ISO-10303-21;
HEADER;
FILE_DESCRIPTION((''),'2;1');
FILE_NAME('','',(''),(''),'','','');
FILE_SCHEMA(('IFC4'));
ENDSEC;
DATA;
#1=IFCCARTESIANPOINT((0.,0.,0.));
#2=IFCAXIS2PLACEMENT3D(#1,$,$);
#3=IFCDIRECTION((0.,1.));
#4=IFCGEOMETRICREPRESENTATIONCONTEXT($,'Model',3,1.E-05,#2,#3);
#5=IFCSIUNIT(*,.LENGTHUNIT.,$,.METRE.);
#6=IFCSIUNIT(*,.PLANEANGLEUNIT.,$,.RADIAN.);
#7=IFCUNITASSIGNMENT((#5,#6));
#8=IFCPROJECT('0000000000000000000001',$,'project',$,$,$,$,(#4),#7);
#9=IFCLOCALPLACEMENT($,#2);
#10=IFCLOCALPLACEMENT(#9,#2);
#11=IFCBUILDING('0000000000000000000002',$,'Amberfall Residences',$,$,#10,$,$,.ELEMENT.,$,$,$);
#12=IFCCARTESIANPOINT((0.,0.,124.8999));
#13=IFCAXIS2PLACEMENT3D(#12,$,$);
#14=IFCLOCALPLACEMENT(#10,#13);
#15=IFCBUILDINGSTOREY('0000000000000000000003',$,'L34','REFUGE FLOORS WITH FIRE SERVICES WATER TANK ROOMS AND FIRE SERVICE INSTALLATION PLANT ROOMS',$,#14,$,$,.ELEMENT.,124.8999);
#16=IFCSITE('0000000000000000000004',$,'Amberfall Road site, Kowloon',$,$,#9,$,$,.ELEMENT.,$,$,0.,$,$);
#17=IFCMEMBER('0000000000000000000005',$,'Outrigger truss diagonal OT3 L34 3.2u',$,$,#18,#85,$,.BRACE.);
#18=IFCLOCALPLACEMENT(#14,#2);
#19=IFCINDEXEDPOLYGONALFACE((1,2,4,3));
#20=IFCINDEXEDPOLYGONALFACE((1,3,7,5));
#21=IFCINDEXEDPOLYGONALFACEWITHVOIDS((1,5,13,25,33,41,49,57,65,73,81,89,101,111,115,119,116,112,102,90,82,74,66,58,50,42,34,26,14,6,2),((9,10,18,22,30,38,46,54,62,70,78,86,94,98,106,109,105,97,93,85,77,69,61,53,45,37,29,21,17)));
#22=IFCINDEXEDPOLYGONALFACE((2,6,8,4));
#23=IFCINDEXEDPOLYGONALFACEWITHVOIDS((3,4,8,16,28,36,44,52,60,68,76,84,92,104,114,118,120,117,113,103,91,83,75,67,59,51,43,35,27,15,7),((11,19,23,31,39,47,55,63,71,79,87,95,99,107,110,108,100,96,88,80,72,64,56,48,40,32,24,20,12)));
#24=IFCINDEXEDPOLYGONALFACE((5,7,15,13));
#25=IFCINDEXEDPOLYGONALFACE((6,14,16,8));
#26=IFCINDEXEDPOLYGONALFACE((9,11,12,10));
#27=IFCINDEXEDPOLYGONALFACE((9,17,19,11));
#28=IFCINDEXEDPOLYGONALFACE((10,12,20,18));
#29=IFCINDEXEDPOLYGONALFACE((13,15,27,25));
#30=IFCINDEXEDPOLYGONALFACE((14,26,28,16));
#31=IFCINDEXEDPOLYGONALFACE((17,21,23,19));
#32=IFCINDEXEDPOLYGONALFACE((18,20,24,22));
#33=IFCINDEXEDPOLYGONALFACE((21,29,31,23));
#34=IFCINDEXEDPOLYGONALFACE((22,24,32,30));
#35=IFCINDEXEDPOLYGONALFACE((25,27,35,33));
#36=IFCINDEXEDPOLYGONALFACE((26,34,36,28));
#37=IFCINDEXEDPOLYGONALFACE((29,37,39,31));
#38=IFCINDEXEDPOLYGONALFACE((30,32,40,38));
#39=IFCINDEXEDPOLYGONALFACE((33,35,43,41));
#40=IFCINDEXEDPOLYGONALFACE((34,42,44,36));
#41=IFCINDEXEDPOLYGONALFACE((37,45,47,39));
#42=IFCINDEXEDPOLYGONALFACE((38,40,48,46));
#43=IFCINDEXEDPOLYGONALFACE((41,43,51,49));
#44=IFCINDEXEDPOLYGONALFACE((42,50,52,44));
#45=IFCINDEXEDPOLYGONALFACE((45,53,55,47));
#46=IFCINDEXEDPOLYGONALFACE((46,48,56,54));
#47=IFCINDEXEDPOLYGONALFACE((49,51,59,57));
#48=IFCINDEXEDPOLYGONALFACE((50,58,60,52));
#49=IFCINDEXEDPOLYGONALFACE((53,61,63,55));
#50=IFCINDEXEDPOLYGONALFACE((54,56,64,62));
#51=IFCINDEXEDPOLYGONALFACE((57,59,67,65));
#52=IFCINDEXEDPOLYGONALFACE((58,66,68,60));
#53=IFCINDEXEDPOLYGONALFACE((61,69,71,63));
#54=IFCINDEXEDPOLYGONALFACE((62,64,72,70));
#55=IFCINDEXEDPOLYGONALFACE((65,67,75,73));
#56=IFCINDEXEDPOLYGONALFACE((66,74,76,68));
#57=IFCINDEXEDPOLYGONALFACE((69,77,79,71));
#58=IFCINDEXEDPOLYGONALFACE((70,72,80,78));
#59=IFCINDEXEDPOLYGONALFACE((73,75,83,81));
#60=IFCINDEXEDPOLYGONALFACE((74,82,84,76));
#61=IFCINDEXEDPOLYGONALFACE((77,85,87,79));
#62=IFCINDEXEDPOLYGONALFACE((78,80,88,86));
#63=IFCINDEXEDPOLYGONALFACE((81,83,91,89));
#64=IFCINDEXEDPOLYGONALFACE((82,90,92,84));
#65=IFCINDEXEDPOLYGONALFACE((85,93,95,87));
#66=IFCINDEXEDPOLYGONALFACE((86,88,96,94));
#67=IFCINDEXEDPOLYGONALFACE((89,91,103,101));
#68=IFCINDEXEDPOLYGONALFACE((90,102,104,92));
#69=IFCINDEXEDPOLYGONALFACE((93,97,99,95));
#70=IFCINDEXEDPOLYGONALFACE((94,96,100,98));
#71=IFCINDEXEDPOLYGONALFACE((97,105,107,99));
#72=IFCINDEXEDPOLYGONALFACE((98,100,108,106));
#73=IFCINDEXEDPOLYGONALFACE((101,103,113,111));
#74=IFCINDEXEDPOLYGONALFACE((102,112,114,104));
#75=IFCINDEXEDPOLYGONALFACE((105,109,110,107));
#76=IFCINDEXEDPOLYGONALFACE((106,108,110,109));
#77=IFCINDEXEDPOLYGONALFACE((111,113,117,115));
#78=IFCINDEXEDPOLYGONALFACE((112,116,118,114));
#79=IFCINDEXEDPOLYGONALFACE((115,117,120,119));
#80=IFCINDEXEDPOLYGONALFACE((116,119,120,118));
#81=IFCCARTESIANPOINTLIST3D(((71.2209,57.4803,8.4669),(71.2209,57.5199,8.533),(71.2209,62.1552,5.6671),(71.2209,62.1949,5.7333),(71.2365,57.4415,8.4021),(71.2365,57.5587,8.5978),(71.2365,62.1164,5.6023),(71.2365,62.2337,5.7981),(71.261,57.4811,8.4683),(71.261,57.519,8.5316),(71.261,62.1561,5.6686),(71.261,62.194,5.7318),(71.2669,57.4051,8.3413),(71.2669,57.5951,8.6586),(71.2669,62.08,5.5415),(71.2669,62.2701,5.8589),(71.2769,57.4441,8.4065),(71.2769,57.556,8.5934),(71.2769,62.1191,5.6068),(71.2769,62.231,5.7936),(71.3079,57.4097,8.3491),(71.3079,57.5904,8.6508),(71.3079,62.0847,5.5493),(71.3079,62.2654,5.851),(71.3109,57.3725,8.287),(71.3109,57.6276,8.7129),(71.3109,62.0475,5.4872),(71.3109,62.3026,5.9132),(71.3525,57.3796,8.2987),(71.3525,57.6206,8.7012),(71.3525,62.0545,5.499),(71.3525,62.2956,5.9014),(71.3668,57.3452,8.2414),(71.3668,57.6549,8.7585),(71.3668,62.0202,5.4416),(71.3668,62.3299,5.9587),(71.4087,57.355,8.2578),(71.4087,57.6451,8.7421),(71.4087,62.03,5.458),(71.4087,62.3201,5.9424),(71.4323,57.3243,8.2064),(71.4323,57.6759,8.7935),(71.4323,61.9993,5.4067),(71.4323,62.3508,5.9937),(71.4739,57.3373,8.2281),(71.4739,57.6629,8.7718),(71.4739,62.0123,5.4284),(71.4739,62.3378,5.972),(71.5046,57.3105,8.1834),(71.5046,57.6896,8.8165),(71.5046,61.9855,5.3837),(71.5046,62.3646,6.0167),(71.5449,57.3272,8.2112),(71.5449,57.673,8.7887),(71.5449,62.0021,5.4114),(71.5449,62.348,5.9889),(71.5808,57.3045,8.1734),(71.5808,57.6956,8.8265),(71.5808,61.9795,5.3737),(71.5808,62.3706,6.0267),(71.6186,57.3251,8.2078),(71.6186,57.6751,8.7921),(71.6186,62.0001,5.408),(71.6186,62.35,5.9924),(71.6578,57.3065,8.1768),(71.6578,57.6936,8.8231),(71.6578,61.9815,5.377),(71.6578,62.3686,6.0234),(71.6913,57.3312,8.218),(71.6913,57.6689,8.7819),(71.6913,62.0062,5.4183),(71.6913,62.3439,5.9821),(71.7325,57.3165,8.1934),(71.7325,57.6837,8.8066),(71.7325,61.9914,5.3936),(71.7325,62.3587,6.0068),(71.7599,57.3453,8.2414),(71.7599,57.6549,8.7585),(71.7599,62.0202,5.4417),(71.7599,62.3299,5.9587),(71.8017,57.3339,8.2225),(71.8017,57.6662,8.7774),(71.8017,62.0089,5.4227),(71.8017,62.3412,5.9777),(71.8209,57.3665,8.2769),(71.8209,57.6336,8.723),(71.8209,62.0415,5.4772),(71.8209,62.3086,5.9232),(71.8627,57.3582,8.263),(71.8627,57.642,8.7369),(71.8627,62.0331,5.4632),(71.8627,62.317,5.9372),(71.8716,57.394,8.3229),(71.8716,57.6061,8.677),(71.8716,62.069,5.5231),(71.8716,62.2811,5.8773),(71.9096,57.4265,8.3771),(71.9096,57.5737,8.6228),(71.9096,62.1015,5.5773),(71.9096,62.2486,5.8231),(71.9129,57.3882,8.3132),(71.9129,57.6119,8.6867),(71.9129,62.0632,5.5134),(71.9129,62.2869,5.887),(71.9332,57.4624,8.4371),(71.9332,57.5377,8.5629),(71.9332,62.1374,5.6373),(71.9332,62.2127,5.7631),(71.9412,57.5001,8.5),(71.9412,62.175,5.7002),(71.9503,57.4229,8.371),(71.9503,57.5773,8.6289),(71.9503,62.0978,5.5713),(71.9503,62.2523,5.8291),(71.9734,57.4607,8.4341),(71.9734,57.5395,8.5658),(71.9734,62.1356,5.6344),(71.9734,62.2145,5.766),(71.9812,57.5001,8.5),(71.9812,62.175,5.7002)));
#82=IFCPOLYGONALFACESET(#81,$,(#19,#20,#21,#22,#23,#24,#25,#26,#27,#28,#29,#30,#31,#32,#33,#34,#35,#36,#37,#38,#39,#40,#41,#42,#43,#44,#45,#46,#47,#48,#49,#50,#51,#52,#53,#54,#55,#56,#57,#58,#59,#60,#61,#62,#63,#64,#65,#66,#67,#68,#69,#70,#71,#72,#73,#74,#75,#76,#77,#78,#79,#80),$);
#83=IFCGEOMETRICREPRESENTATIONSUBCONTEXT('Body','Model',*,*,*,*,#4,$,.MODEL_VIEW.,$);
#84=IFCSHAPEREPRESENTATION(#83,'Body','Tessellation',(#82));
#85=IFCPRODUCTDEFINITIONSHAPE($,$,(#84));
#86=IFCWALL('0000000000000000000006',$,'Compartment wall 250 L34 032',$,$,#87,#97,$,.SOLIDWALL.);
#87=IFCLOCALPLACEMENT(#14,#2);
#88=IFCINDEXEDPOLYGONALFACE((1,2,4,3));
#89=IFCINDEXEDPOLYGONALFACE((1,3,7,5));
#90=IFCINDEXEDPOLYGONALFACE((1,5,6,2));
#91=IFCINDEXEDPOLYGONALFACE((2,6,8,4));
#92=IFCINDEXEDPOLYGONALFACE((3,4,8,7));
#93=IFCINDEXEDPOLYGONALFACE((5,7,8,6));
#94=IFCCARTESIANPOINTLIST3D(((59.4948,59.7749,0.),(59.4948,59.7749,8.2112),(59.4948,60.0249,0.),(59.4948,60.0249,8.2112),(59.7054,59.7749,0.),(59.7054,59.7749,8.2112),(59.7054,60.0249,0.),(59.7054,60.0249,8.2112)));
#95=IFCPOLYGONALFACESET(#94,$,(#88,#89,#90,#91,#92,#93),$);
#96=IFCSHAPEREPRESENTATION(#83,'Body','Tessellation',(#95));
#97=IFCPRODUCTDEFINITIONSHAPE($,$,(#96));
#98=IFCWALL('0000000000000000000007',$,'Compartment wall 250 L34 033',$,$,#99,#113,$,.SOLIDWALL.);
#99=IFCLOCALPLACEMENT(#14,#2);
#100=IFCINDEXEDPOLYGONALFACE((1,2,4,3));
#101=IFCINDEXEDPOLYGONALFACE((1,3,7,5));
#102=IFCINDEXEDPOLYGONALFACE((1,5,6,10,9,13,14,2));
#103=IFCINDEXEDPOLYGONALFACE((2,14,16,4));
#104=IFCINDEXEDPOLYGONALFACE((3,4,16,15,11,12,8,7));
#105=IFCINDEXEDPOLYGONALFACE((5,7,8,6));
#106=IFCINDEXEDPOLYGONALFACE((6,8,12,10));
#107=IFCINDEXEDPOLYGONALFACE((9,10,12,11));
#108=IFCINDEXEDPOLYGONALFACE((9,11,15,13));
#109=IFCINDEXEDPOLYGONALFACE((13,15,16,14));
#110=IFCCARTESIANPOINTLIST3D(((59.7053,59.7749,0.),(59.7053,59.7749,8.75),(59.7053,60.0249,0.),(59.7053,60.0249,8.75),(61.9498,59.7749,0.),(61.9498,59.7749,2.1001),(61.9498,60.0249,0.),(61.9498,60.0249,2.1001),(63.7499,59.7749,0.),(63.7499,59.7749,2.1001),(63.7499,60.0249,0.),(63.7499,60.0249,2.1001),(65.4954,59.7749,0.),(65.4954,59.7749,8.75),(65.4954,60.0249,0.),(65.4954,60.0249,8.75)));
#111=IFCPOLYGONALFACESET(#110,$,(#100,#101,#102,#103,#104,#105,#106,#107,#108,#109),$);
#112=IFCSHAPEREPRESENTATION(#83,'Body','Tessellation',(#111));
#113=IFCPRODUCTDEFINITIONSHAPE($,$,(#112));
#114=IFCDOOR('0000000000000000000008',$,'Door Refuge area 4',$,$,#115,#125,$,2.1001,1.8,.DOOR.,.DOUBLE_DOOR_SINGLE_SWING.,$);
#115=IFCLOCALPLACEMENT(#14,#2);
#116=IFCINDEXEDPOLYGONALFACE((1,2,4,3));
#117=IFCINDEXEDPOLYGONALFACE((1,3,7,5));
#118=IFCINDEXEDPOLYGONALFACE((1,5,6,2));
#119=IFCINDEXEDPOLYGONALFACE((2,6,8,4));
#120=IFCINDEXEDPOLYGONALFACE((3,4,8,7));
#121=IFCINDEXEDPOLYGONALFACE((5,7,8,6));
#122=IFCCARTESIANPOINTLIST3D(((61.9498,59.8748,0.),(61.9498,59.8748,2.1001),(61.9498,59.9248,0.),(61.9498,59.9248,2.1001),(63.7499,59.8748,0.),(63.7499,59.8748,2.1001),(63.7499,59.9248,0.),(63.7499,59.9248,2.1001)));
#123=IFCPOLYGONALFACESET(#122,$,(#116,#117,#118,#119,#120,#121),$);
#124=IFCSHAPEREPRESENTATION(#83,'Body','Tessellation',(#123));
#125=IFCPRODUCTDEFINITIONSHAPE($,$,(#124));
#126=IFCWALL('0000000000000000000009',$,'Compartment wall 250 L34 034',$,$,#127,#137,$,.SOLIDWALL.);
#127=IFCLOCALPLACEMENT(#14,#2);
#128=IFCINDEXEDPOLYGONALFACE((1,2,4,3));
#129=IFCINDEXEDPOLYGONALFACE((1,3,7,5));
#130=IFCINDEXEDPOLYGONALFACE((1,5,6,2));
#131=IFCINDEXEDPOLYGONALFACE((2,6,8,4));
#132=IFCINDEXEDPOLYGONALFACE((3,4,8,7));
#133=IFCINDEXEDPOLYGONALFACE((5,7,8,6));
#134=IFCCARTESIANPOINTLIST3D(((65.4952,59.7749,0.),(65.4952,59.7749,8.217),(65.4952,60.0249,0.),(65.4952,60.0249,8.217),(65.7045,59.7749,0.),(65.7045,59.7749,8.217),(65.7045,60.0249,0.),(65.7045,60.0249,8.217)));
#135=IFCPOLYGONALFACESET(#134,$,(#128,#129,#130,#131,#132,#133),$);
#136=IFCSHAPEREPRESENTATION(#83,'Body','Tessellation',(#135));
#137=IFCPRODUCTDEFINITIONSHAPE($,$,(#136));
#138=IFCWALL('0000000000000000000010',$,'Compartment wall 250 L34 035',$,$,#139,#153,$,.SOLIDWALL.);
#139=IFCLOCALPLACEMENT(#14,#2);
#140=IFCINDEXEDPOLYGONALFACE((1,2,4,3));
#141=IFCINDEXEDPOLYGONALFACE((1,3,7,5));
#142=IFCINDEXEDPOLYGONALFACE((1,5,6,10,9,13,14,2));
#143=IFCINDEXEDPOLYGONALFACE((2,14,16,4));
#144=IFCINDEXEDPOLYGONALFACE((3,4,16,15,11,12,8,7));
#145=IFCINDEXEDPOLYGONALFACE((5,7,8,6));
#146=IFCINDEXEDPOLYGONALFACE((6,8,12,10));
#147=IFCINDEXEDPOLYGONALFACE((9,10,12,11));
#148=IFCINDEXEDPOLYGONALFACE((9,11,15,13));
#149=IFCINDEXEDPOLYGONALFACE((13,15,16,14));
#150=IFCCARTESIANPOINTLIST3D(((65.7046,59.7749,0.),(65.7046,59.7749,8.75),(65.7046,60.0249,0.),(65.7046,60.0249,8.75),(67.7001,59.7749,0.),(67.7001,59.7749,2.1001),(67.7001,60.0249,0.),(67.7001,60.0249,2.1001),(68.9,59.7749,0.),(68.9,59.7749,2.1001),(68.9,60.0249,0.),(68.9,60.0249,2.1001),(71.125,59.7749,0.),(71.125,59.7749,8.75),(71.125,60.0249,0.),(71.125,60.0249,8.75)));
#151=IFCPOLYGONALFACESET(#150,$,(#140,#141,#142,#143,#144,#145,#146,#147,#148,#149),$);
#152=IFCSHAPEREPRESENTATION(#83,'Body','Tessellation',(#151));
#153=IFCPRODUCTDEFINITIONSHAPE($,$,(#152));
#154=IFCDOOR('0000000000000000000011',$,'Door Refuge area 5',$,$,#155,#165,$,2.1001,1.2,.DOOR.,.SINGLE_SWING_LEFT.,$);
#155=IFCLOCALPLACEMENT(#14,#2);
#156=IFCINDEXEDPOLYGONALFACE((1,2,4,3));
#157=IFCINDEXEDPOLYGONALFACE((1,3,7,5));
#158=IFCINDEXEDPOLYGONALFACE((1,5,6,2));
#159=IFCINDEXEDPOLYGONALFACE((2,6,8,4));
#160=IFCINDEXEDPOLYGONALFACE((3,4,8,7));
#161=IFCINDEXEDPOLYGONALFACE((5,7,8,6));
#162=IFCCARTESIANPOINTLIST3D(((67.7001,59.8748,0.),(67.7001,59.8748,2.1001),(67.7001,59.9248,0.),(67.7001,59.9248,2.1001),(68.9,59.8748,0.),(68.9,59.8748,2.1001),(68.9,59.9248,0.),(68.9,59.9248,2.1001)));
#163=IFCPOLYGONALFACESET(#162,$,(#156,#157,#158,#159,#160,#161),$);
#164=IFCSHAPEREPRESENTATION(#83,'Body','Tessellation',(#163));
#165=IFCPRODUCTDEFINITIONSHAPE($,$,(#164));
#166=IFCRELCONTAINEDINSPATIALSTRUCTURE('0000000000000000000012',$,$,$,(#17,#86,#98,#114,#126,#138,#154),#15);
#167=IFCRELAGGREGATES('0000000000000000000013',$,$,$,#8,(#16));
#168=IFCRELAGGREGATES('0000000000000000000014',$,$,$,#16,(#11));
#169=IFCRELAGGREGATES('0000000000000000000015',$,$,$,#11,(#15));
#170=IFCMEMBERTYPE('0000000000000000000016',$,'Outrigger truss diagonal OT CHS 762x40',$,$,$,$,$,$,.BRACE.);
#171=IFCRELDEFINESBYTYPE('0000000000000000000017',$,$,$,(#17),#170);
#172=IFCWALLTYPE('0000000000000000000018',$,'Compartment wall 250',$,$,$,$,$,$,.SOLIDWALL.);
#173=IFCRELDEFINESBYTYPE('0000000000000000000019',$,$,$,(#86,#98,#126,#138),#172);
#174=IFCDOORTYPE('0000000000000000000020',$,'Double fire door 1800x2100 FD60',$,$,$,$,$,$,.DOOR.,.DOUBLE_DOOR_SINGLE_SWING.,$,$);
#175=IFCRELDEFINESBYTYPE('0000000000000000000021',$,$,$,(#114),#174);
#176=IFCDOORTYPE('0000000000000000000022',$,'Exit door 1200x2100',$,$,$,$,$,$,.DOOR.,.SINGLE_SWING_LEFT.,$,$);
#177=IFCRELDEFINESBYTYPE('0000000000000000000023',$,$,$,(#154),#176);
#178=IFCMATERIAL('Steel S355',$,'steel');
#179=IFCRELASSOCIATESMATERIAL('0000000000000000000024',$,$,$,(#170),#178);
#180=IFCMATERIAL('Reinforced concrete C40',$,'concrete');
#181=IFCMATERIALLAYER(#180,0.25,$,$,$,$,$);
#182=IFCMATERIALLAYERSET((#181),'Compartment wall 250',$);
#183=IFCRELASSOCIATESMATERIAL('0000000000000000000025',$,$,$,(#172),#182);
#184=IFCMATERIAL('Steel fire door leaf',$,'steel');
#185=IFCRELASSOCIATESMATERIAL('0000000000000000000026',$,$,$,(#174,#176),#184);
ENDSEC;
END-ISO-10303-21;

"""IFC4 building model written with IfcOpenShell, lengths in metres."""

from ifc_helpers import new_model, si_unit, direction, frame, frame_2d, origin, origin_2d, place, context, subcontext, project, spatial, rectangle, hollow_circle, extrude, material, layer, layer_set, material_profile, profile_set, type_object, element, fill, save


model = new_model("IFC4")

# Units and contexts
model_context = context("Model", 3, precision=1e-05, world=origin(), true_north=direction((0.0, 1.0)))
body_context = subcontext(model_context, "Body", "Model", "MODEL_VIEW")
ifc_project = project(units=[si_unit("LENGTHUNIT", "METRE"), si_unit("PLANEANGLEUNIT", "RADIAN")], contexts=[model_context])

# Site, building, storey
site_placement = place(None, origin())
site = spatial("IfcSite", under=ifc_project, at=site_placement, Name="Amberfall Road site, Kowloon", CompositionType="ELEMENT", RefElevation=0.0)
building_placement = place(site_placement, origin())
building = spatial("IfcBuilding", under=site, at=building_placement, Name="Amberfall Residences", CompositionType="ELEMENT")
storey_placement = place(building_placement, frame((0.0, 0.0, 124.8999)))
storey = spatial("IfcBuildingStorey", under=building, at=storey_placement, Name="L34", Description="REFUGE FLOORS WITH FIRE SERVICES WATER TANK ROOMS AND FIRE SERVICE INSTALLATION PLANT ROOMS", CompositionType="ELEMENT", Elevation=124.8999)

# Shared definitions
ifc_material_1 = material(Name="Steel S355", Category="steel")

# Member
ifc_material_profile_1 = material_profile(ifc_material_1, hollow_circle(Radius=0.3811, WallThickness=0.04, at=origin_2d()), Name="CHS 762x40")
ifc_profile_set_1 = profile_set([ifc_material_profile_1], Name="Steel S355")
member_type_1 = type_object("IfcMemberType", Name="Outrigger truss diagonal OT CHS 762x40", PredefinedType="BRACE", material=ifc_profile_set_1)
for number, where, z_axis, x_axis, name in (
    (1, (71.6001, 62.175, 5.7002), (0.0, -0.857916, 0.513791), (1.0, 0.0, 0.0), "Outrigger truss diagonal OT3 L34 3.2u"),
):
    element("IfcMember", number, at=place(storey_placement, frame(where, z_axis=z_axis, x_axis=x_axis)), inside=storey, type_object=member_type_1, Name=name, PredefinedType="BRACE", context=body_context, shape_type="SweptSolid", body=[
        extrude(hollow_circle(Radius=0.3811, WallThickness=0.04, at=origin_2d()), origin(), (0.0, 0.0, 1.0), 5.4492),
    ])

# Wall
ifc_material_2 = material(Name="Reinforced concrete C40", Category="concrete")
ifc_layer = layer(ifc_material_2, 0.25)
ifc_layer_set = layer_set([ifc_layer], Name="Compartment wall 250")
wall_type = type_object("IfcWallType", Name="Compartment wall 250", PredefinedType="SOLIDWALL", material=ifc_layer_set)
wall_1_placement = place(storey_placement, frame((59.4946, 59.8999, 0.0), z_axis=(0.0, 0.0, 1.0), x_axis=(1.0, 0.0, 0.0)))
element("IfcWall", 2, at=wall_1_placement, inside=storey, type_object=wall_type, Name="Compartment wall 250 L34 032", PredefinedType="SOLIDWALL", context=body_context, shape_type="SweptSolid", body=[
    extrude(rectangle(XDim=0.2107, YDim=0.25, at=frame_2d((0.1055, 0.0))), origin(), (0.0, 0.0, 1.0), 8.2112),
])

# Wall, opening, door
wall_2_placement = place(storey_placement, frame((59.7053, 59.8999, 0.0), z_axis=(0.0, 0.0, 1.0), x_axis=(1.0, 0.0, 0.0)))
wall_2 = element("IfcWall", 3, at=wall_2_placement, inside=storey, type_object=wall_type, Name="Compartment wall 250 L34 033", PredefinedType="SOLIDWALL", context=body_context, shape_type="SweptSolid", body=[
    extrude(rectangle(XDim=5.79, YDim=0.25, at=frame_2d((2.895, 0.0))), origin(), (0.0, 0.0, 1.0), 8.75),
])
opening_1_placement = place(wall_2_placement, frame((2.2446, 0.0, 0.0)))
opening_1 = element("IfcOpeningElement", 4, at=opening_1_placement, cuts=wall_2, PredefinedType="OPENING", context=body_context, shape_type="SweptSolid", body=[
    extrude(rectangle(XDim=1.8, YDim=2.1001, at=frame_2d((0.8999, 1.05))), frame((0.0, 0.135, 0.0), z_axis=(0.0, -1.0, 0.0), x_axis=(1.0, 0.0, 0.0)), (0.0, 0.0, 1.0), 0.27),
])
ifc_material_3 = material(Name="Steel fire door leaf", Category="steel")
door_type_1 = type_object("IfcDoorType", Name="Double fire door 1800x2100 FD60", OperationType="DOUBLE_DOOR_SINGLE_SWING", PredefinedType="DOOR", material=ifc_material_3)
door_1_placement = place(opening_1_placement, origin())
door_1 = element("IfcDoor", 5, at=door_1_placement, inside=storey, type_object=door_type_1, Name="Door Refuge area 4", OperationType="DOUBLE_DOOR_SINGLE_SWING", OverallHeight=2.1001, OverallWidth=1.8, PredefinedType="DOOR", context=body_context, shape_type="SweptSolid", body=[
    extrude(rectangle(XDim=1.8, YDim=2.1001, at=frame_2d((0.8999, 1.05))), frame((0.0, 0.0249, 0.0), z_axis=(0.0, -1.0, 0.0), x_axis=(1.0, 0.0, 0.0)), (0.0, 0.0, 1.0), 0.05),
])
fill(opening_1, door_1)

# Wall
wall_3_placement = place(storey_placement, frame((65.4954, 59.8999, 0.0), z_axis=(0.0, 0.0, 1.0), x_axis=(1.0, 0.0, 0.0)))
element("IfcWall", 6, at=wall_3_placement, inside=storey, type_object=wall_type, Name="Compartment wall 250 L34 034", PredefinedType="SOLIDWALL", context=body_context, shape_type="SweptSolid", body=[
    extrude(rectangle(XDim=0.2092, YDim=0.25, at=frame_2d((0.1045, 0.0))), origin(), (0.0, 0.0, 1.0), 8.217),
])

# Wall, opening, door
wall_4_placement = place(storey_placement, frame((65.7046, 59.8999, 0.0), z_axis=(0.0, 0.0, 1.0), x_axis=(1.0, 0.0, 0.0)))
wall_4 = element("IfcWall", 7, at=wall_4_placement, inside=storey, type_object=wall_type, Name="Compartment wall 250 L34 035", PredefinedType="SOLIDWALL", context=body_context, shape_type="SweptSolid", body=[
    extrude(rectangle(XDim=5.4204, YDim=0.25, at=frame_2d((2.7102, 0.0))), origin(), (0.0, 0.0, 1.0), 8.75),
])
opening_2_placement = place(wall_4_placement, frame((1.9954, 0.0, 0.0)))
opening_2 = element("IfcOpeningElement", 8, at=opening_2_placement, cuts=wall_4, PredefinedType="OPENING", context=body_context, shape_type="SweptSolid", body=[
    extrude(rectangle(XDim=1.2, YDim=2.1001, at=frame_2d((0.6001, 1.05))), frame((0.0, 0.135, 0.0), z_axis=(0.0, -1.0, 0.0), x_axis=(1.0, 0.0, 0.0)), (0.0, 0.0, 1.0), 0.27),
])
door_type_2 = type_object("IfcDoorType", Name="Exit door 1200x2100", OperationType="SINGLE_SWING_LEFT", PredefinedType="DOOR", material=ifc_material_3)
door_2_placement = place(opening_2_placement, origin())
door_2 = element("IfcDoor", 9, at=door_2_placement, inside=storey, type_object=door_type_2, Name="Door Refuge area 5", OperationType="SINGLE_SWING_LEFT", OverallHeight=2.1001, OverallWidth=1.2, PredefinedType="DOOR", context=body_context, shape_type="SweptSolid", body=[
    extrude(rectangle(XDim=1.2, YDim=2.1001, at=frame_2d((0.6001, 1.05))), frame((0.0, 0.0249, 0.0), z_axis=(0.0, -1.0, 0.0), x_axis=(1.0, 0.0, 0.0)), (0.0, 0.0, 1.0), 0.05),
])
fill(opening_2, door_2)

save(model, "model.ifc")
